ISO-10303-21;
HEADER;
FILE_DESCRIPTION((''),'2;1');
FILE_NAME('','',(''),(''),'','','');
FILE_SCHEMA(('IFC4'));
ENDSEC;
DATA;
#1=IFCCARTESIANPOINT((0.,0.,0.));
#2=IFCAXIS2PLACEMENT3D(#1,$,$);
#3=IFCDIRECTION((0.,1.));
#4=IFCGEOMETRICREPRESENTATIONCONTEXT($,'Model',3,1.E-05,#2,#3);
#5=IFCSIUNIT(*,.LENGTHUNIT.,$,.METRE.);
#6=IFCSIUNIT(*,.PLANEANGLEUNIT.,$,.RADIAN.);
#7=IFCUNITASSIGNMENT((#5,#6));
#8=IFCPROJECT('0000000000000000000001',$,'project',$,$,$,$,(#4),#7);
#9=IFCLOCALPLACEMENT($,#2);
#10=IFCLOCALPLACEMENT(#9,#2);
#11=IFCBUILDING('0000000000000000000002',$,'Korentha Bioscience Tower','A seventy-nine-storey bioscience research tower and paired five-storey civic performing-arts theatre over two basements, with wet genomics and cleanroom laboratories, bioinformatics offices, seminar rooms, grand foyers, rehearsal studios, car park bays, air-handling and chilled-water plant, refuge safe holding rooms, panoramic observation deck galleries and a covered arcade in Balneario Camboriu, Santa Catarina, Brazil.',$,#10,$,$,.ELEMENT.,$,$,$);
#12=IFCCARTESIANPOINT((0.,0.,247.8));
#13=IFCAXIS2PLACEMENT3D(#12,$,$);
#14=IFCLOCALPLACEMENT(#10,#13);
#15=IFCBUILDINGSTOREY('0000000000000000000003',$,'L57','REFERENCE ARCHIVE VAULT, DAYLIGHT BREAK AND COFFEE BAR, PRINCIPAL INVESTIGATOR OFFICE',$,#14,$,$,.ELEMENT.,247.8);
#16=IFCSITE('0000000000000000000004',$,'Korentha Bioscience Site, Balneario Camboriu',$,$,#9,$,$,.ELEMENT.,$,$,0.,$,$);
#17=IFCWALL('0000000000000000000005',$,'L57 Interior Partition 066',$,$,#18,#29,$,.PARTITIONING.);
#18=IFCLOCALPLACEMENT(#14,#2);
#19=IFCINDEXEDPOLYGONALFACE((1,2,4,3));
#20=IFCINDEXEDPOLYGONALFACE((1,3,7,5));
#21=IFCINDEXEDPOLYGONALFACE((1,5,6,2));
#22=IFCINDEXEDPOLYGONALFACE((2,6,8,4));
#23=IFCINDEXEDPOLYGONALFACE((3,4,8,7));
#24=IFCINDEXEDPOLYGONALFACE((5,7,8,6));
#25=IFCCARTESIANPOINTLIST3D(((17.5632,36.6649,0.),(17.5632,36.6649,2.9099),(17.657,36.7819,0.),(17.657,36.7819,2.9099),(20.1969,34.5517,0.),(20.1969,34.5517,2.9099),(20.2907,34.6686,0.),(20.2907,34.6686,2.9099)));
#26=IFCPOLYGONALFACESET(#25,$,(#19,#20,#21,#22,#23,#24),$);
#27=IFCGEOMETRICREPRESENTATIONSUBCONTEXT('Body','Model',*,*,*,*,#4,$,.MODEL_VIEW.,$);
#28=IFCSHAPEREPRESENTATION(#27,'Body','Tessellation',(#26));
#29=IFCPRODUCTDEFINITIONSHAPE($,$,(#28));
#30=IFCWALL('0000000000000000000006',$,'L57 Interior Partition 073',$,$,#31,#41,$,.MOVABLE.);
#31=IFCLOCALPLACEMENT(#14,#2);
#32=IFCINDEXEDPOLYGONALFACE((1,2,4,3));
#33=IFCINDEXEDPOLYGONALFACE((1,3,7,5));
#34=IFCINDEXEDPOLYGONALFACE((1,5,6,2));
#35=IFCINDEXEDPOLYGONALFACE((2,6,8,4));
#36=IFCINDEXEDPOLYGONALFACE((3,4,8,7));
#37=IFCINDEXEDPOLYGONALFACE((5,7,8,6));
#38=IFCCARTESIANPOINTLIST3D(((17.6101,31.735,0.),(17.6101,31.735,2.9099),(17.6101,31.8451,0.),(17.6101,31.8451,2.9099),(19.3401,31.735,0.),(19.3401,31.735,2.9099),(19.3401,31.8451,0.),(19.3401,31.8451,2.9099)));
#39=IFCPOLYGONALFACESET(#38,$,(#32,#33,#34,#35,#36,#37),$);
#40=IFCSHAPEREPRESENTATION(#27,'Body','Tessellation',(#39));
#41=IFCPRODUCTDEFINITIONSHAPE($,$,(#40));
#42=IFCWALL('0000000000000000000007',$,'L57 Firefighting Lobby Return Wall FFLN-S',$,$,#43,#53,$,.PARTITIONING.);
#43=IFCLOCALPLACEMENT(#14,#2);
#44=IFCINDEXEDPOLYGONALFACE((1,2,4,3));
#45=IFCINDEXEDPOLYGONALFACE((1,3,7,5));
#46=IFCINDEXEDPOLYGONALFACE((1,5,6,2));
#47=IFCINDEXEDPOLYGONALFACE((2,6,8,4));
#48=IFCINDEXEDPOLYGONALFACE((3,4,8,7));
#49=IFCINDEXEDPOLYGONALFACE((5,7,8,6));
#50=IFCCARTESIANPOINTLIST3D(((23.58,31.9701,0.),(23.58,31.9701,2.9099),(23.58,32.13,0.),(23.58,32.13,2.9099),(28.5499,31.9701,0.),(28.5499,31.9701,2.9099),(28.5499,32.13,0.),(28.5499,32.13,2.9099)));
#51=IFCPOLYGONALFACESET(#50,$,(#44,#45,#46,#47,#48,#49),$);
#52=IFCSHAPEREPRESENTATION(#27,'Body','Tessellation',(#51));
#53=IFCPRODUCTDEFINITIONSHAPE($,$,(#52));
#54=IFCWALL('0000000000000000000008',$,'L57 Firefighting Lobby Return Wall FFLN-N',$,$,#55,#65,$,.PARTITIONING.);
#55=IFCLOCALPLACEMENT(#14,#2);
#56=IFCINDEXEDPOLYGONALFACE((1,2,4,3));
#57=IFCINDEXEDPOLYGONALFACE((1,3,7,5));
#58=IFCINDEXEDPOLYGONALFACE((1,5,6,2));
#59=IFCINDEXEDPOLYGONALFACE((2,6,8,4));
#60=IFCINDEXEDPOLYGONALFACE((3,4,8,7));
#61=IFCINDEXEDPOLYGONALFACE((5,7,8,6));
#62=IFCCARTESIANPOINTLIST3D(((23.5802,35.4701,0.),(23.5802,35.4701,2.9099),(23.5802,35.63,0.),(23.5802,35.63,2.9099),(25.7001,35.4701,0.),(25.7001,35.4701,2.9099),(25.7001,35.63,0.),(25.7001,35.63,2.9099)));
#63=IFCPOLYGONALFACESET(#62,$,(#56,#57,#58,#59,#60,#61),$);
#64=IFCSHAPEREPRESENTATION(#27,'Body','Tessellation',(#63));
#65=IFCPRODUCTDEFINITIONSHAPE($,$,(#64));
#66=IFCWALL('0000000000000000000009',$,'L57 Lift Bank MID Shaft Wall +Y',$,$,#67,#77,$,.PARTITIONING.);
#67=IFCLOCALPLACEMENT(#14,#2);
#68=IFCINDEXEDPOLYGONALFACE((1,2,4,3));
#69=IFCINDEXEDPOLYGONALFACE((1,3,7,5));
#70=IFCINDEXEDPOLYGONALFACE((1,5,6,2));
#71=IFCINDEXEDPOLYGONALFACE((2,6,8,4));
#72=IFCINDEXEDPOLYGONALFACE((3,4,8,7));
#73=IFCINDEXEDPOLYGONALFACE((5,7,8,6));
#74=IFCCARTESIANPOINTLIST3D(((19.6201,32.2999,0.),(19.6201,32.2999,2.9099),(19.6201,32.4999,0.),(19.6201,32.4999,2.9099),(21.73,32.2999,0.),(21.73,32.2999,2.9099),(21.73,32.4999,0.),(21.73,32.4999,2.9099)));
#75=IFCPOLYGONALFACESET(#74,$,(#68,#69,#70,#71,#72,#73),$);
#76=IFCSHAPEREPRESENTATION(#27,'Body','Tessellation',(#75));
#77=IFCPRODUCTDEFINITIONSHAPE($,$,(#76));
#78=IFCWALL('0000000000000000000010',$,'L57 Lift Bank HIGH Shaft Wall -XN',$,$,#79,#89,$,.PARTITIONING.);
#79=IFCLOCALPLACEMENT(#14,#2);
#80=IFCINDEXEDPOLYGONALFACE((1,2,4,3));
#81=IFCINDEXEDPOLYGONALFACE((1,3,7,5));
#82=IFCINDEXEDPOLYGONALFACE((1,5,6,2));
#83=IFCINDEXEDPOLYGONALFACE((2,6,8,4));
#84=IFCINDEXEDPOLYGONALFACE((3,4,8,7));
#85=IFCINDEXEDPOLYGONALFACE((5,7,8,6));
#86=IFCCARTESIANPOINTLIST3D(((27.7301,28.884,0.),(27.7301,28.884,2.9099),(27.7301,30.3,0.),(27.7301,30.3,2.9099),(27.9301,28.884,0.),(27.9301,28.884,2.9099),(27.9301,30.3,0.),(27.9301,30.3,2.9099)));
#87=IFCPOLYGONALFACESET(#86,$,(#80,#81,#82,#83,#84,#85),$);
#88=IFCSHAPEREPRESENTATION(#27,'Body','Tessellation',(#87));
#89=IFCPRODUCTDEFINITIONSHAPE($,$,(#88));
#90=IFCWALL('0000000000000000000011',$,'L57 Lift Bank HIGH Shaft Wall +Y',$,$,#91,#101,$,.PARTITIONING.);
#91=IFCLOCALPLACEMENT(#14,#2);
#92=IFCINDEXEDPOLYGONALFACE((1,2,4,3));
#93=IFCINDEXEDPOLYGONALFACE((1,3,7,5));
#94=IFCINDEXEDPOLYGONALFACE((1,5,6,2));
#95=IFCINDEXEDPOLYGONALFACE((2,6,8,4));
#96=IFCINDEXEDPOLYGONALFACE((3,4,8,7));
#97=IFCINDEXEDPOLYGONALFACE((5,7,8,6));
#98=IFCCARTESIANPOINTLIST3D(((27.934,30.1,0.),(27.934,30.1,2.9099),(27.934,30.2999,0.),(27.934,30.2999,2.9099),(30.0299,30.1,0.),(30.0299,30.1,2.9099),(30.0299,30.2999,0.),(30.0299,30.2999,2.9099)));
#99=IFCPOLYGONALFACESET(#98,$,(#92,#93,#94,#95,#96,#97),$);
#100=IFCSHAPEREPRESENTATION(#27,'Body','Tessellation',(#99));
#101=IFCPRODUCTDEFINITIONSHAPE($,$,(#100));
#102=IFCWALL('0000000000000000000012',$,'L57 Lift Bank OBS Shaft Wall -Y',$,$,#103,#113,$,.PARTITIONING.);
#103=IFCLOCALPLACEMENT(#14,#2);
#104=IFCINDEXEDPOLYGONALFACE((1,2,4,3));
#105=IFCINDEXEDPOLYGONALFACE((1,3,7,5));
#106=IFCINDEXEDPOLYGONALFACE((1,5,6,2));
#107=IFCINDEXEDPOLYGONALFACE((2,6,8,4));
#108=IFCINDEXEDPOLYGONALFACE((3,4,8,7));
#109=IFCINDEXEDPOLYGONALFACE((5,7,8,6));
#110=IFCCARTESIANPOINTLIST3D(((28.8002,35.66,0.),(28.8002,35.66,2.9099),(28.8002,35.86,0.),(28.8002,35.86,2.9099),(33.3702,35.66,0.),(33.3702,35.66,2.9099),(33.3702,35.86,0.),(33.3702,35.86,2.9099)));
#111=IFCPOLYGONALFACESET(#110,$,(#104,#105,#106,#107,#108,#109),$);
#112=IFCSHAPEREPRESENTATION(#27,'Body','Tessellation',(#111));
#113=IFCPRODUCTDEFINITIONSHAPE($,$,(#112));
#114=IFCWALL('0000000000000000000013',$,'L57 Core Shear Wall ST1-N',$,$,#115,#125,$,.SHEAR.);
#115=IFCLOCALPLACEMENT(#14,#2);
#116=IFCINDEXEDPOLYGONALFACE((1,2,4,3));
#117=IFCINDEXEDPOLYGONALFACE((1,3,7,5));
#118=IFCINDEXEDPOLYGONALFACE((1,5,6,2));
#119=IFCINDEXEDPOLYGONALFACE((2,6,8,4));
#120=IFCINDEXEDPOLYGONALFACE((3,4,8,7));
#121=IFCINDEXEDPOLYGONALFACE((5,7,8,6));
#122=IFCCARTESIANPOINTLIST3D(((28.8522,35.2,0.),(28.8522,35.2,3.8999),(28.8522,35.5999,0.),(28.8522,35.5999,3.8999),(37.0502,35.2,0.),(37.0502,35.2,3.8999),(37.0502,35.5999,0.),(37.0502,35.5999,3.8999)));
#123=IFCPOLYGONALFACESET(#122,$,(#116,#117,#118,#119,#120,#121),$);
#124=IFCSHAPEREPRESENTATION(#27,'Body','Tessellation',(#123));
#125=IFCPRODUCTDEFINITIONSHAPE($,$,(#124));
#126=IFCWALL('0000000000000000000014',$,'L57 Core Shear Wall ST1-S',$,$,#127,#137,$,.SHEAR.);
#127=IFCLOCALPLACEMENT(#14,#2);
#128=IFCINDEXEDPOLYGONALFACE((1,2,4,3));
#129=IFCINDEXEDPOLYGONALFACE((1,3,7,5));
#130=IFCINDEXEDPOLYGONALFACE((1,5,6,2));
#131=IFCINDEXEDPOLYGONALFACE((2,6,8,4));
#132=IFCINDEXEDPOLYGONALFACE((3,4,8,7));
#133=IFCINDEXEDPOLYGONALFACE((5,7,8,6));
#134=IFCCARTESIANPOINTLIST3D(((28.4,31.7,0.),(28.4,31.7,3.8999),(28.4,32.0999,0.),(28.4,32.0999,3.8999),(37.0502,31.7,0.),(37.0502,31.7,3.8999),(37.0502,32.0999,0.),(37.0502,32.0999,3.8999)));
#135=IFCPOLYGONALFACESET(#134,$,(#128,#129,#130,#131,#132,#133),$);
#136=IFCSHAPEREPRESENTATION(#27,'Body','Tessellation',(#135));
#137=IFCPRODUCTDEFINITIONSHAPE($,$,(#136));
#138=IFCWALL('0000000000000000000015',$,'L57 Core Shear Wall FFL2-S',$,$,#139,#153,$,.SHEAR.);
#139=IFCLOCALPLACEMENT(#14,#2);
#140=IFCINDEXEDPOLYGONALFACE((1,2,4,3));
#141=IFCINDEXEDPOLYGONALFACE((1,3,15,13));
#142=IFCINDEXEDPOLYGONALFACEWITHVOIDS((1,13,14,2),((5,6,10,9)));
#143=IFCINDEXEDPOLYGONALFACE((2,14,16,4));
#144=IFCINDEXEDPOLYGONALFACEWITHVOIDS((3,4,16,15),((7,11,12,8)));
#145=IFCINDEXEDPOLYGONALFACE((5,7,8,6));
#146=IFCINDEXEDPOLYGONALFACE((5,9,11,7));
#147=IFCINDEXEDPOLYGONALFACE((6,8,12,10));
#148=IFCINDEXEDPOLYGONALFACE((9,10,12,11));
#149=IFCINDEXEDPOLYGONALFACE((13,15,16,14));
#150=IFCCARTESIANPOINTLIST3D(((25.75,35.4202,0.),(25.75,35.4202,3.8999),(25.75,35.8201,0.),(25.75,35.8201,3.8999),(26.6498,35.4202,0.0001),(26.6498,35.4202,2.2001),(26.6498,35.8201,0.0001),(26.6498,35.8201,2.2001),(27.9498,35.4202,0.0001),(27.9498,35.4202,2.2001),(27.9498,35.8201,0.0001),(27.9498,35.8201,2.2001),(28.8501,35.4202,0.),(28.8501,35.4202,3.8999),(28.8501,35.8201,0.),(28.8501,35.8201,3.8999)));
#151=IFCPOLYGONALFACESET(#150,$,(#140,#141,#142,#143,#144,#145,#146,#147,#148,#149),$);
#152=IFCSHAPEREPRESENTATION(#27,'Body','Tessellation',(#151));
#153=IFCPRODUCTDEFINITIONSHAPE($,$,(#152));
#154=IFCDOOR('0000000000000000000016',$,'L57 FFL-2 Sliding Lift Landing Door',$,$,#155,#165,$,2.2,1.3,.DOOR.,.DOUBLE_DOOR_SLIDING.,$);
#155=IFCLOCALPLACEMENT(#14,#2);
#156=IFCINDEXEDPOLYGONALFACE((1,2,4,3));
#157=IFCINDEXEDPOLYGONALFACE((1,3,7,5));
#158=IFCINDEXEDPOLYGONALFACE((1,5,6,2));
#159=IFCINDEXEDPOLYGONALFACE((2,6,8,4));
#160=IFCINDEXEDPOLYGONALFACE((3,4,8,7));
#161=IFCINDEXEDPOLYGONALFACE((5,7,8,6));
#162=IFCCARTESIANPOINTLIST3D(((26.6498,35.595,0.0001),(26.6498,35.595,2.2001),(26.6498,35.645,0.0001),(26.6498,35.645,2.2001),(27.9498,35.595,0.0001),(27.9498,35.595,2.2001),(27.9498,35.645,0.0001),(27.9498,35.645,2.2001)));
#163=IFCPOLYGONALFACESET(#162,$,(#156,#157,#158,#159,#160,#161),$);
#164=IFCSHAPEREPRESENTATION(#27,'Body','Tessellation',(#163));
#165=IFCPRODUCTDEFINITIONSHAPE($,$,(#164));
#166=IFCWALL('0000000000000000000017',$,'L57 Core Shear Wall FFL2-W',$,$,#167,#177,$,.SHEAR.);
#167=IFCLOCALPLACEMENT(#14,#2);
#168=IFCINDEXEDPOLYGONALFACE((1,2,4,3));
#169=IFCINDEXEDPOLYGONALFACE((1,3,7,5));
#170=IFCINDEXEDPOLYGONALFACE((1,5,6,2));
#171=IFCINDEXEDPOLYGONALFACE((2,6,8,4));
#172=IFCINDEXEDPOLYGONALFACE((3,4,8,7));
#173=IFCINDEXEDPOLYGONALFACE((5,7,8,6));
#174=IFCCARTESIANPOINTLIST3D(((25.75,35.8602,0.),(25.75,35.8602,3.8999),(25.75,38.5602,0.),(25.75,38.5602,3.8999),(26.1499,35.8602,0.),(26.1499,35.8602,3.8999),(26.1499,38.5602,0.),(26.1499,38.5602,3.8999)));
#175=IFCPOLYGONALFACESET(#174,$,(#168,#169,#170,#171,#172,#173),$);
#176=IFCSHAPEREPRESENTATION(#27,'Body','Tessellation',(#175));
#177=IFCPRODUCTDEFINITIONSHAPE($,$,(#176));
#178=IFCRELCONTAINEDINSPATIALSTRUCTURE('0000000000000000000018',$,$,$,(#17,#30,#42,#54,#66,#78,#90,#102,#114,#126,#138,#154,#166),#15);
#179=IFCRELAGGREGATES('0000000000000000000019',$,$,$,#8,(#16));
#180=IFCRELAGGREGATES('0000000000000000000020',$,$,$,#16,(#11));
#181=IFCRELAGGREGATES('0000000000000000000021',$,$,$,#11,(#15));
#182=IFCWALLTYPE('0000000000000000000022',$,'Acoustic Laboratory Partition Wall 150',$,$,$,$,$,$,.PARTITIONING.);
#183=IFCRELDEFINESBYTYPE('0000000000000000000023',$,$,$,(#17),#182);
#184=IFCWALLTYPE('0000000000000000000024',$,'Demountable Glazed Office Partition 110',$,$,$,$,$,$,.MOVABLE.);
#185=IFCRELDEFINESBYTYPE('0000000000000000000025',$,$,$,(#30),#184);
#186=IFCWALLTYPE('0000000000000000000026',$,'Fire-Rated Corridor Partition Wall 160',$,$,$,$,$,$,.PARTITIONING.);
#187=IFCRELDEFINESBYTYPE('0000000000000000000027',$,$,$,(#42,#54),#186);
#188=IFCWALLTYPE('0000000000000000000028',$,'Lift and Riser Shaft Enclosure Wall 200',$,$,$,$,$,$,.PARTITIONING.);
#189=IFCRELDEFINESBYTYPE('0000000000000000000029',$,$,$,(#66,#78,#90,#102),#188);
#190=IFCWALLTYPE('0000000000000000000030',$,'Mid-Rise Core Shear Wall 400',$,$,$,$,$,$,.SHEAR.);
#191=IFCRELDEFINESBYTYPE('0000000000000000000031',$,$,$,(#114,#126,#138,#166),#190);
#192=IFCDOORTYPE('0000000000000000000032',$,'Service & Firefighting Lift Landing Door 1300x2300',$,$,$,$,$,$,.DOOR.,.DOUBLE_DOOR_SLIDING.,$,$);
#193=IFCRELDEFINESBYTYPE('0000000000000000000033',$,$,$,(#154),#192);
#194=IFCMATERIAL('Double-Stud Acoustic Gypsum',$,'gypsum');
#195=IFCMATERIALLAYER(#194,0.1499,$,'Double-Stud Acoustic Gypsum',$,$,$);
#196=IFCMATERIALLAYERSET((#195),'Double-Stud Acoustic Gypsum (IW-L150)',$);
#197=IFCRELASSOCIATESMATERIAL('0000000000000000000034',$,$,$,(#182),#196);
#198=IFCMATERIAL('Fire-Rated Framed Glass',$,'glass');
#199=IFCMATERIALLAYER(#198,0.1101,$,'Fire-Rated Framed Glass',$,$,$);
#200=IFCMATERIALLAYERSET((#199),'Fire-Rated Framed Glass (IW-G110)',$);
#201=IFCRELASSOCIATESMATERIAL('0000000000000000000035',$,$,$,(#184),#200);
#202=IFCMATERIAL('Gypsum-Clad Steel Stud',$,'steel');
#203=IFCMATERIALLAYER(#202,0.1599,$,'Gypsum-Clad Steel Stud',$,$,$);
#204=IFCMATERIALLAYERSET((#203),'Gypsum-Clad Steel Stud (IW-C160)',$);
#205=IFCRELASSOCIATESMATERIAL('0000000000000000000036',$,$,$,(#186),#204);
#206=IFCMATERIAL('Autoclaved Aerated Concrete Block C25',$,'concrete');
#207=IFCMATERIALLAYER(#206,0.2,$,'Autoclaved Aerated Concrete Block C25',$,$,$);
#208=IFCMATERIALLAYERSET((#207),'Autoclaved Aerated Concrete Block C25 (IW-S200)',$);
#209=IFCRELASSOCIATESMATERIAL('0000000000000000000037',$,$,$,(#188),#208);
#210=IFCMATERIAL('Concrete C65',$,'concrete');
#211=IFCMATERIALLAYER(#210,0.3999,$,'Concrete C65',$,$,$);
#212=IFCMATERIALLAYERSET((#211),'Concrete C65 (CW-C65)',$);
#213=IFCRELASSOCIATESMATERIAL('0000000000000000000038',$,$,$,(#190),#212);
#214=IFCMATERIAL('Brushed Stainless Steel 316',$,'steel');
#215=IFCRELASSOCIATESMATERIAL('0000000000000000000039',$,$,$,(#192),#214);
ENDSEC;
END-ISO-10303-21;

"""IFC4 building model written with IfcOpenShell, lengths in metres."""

from ifc_helpers import new_model, si_unit, direction, frame, frame_2d, origin, place, context, subcontext, project, spatial, rectangle, extrude, material, layer, layer_set, type_object, element, fill, save


model = new_model("IFC4")

# Units and contexts
model_context = context("Model", 3, precision=1e-05, world=origin(), true_north=direction((0.0, 1.0)))
body_context = subcontext(model_context, "Body", "Model", "MODEL_VIEW")
ifc_project = project(units=[si_unit("LENGTHUNIT", "METRE"), si_unit("PLANEANGLEUNIT", "RADIAN")], contexts=[model_context])

# Site, building, storey
site_placement = place(None, origin())
site = spatial("IfcSite", under=ifc_project, at=site_placement, Name="Korentha Bioscience Site, Balneario Camboriu", CompositionType="ELEMENT", RefElevation=0.0)
building_placement = place(site_placement, origin())
building = spatial("IfcBuilding", under=site, at=building_placement, Name="Korentha Bioscience Tower", Description="A seventy-nine-storey bioscience research tower and paired five-storey civic performing-arts theatre over two basements, with wet genomics and cleanroom laboratories, bioinformatics offices, seminar rooms, grand foyers, rehearsal studios, car park bays, air-handling and chilled-water plant, refuge safe holding rooms, panoramic observation deck galleries and a covered arcade in Balneario Camboriu, Santa Catarina, Brazil.", CompositionType="ELEMENT")
storey_placement = place(building_placement, frame((0.0, 0.0, 247.8)))
storey = spatial("IfcBuildingStorey", under=building, at=storey_placement, Name="L57", Description="REFERENCE ARCHIVE VAULT, DAYLIGHT BREAK AND COFFEE BAR, PRINCIPAL INVESTIGATOR OFFICE", CompositionType="ELEMENT", Elevation=247.8)

# Shared definitions
ifc_material_1 = material(Name="Concrete C65", Category="concrete")

# Walls
ifc_material_2 = material(Name="Double-Stud Acoustic Gypsum", Category="gypsum")
ifc_layer_1 = layer(ifc_material_2, 0.1499, Name="Double-Stud Acoustic Gypsum")
ifc_layer_set_1 = layer_set([ifc_layer_1], Name="Double-Stud Acoustic Gypsum (IW-L150)")
wall_type_1 = type_object("IfcWallType", Name="Acoustic Laboratory Partition Wall 150", PredefinedType="PARTITIONING", material=ifc_layer_set_1)
wall_1_placement = place(storey_placement, frame((20.2439, 34.6101, 0.0), z_axis=(0.0, 0.0, 1.0), x_axis=(-0.779965, 0.625823, 0.0)))
element("IfcWall", 1, at=wall_1_placement, inside=storey, type_object=wall_type_1, Name="L57 Interior Partition 066", PredefinedType="PARTITIONING", context=body_context, shape_type="SweptSolid", body=[
    extrude(rectangle(XDim=3.3767, YDim=0.1499, at=frame_2d((1.6885, 0.0))), origin(), (0.0, 0.0, 1.0), 2.9099),
])
ifc_material_3 = material(Name="Fire-Rated Framed Glass", Category="glass")
ifc_layer_2 = layer(ifc_material_3, 0.1101, Name="Fire-Rated Framed Glass")
ifc_layer_set_2 = layer_set([ifc_layer_2], Name="Fire-Rated Framed Glass (IW-G110)")
wall_type_2 = type_object("IfcWallType", Name="Demountable Glazed Office Partition 110", PredefinedType="MOVABLE", material=ifc_layer_set_2)
wall_2_placement = place(storey_placement, frame((17.6101, 31.79, 0.0), z_axis=(0.0, 0.0, 1.0), x_axis=(1.0, 0.0, 0.0)))
element("IfcWall", 2, at=wall_2_placement, inside=storey, type_object=wall_type_2, Name="L57 Interior Partition 073", PredefinedType="MOVABLE", context=body_context, shape_type="SweptSolid", body=[
    extrude(rectangle(XDim=1.73, YDim=0.1101, at=frame_2d((0.865, 0.0))), origin(), (0.0, 0.0, 1.0), 2.9099),
])

# Shared definitions
ifc_material_4 = material(Name="Gypsum-Clad Steel Stud", Category="steel")
ifc_layer_3 = layer(ifc_material_4, 0.1599, Name="Gypsum-Clad Steel Stud")
ifc_layer_set_3 = layer_set([ifc_layer_3], Name="Gypsum-Clad Steel Stud (IW-C160)")
wall_type_3 = type_object("IfcWallType", Name="Fire-Rated Corridor Partition Wall 160", PredefinedType="PARTITIONING", material=ifc_layer_set_3)

# Walls
wall_3_placement = place(storey_placement, frame((23.5801, 32.05, 0.0), z_axis=(0.0, 0.0, 1.0), x_axis=(1.0, 0.0, 0.0)))
element("IfcWall", 3, at=wall_3_placement, inside=storey, type_object=wall_type_3, Name="L57 Firefighting Lobby Return Wall FFLN-S", PredefinedType="PARTITIONING", context=body_context, shape_type="SweptSolid", body=[
    extrude(rectangle(XDim=4.97, YDim=0.1599, at=frame_2d((2.4849, 0.0))), origin(), (0.0, 0.0, 1.0), 2.9099),
])
wall_4_placement = place(storey_placement, frame((23.5801, 35.55, 0.0), z_axis=(0.0, 0.0, 1.0), x_axis=(1.0, 0.0, 0.0)))
element("IfcWall", 4, at=wall_4_placement, inside=storey, type_object=wall_type_3, Name="L57 Firefighting Lobby Return Wall FFLN-N", PredefinedType="PARTITIONING", context=body_context, shape_type="SweptSolid", body=[
    extrude(rectangle(XDim=2.1199, YDim=0.1599, at=frame_2d((1.0601, 0.0))), origin(), (0.0, 0.0, 1.0), 2.9099),
])
ifc_material_5 = material(Name="Autoclaved Aerated Concrete Block C25", Category="concrete")
ifc_layer_4 = layer(ifc_material_5, 0.2, Name="Autoclaved Aerated Concrete Block C25")
ifc_layer_set_4 = layer_set([ifc_layer_4], Name="Autoclaved Aerated Concrete Block C25 (IW-S200)")
wall_type_4 = type_object("IfcWallType", Name="Lift and Riser Shaft Enclosure Wall 200", PredefinedType="PARTITIONING", material=ifc_layer_set_4)
wall_5_placement = place(storey_placement, frame((19.6201, 32.3999, 0.0), z_axis=(0.0, 0.0, 1.0), x_axis=(1.0, 0.0, 0.0)))
element("IfcWall", 5, at=wall_5_placement, inside=storey, type_object=wall_type_4, Name="L57 Lift Bank MID Shaft Wall +Y", PredefinedType="PARTITIONING", context=body_context, shape_type="SweptSolid", body=[
    extrude(rectangle(XDim=2.1099, YDim=0.2, at=frame_2d((1.0549, 0.0))), origin(), (0.0, 0.0, 1.0), 2.9099),
])
wall_6_placement = place(storey_placement, frame((27.8301, 28.884, 0.0), z_axis=(0.0, 0.0, 1.0), x_axis=(0.0, 1.0, 0.0)))
element("IfcWall", 6, at=wall_6_placement, inside=storey, type_object=wall_type_4, Name="L57 Lift Bank HIGH Shaft Wall -XN", PredefinedType="PARTITIONING", context=body_context, shape_type="SweptSolid", body=[
    extrude(rectangle(XDim=1.416, YDim=0.2, at=frame_2d((0.708, 0.0))), origin(), (0.0, 0.0, 1.0), 2.9099),
])
wall_7_placement = place(storey_placement, frame((27.9341, 30.2, 0.0), z_axis=(0.0, 0.0, 1.0), x_axis=(1.0, 0.0, 0.0)))
element("IfcWall", 7, at=wall_7_placement, inside=storey, type_object=wall_type_4, Name="L57 Lift Bank HIGH Shaft Wall +Y", PredefinedType="PARTITIONING", context=body_context, shape_type="SweptSolid", body=[
    extrude(rectangle(XDim=2.0959, YDim=0.2, at=frame_2d((1.0479, 0.0))), origin(), (0.0, 0.0, 1.0), 2.9099),
])
wall_8_placement = place(storey_placement, frame((28.8, 35.76, 0.0), z_axis=(0.0, 0.0, 1.0), x_axis=(1.0, 0.0, 0.0)))
element("IfcWall", 8, at=wall_8_placement, inside=storey, type_object=wall_type_4, Name="L57 Lift Bank OBS Shaft Wall -Y", PredefinedType="PARTITIONING", context=body_context, shape_type="SweptSolid", body=[
    extrude(rectangle(XDim=4.5701, YDim=0.2, at=frame_2d((2.2852, 0.0))), origin(), (0.0, 0.0, 1.0), 2.9099),
])
ifc_layer_5 = layer(ifc_material_1, 0.3999, Name="Concrete C65")
ifc_layer_set_5 = layer_set([ifc_layer_5], Name="Concrete C65 (CW-C65)")
wall_type_5 = type_object("IfcWallType", Name="Mid-Rise Core Shear Wall 400", PredefinedType="SHEAR", material=ifc_layer_set_5)
wall_9_placement = place(storey_placement, frame((28.8521, 35.3999, 0.0), z_axis=(0.0, 0.0, 1.0), x_axis=(1.0, 0.0, 0.0)))
element("IfcWall", 9, at=wall_9_placement, inside=storey, type_object=wall_type_5, Name="L57 Core Shear Wall ST1-N", PredefinedType="SHEAR", context=body_context, shape_type="SweptSolid", body=[
    extrude(rectangle(XDim=8.198, YDim=0.3999, at=frame_2d((4.0991, 0.0))), origin(), (0.0, 0.0, 1.0), 3.8999),
])
wall_10_placement = place(storey_placement, frame((28.3999, 31.8999, 0.0), z_axis=(0.0, 0.0, 1.0), x_axis=(1.0, 0.0, 0.0)))
element("IfcWall", 10, at=wall_10_placement, inside=storey, type_object=wall_type_5, Name="L57 Core Shear Wall ST1-S", PredefinedType="SHEAR", context=body_context, shape_type="SweptSolid", body=[
    extrude(rectangle(XDim=8.6501, YDim=0.3999, at=frame_2d((4.3252, 0.0))), origin(), (0.0, 0.0, 1.0), 3.8999),
])

# Wall, opening, door
wall_11_placement = place(storey_placement, frame((25.75, 35.6201, 0.0), z_axis=(0.0, 0.0, 1.0), x_axis=(1.0, 0.0, 0.0)))
wall_11 = element("IfcWall", 11, at=wall_11_placement, inside=storey, type_object=wall_type_5, Name="L57 Core Shear Wall FFL2-S", PredefinedType="SHEAR", context=body_context, shape_type="SweptSolid", body=[
    extrude(rectangle(XDim=3.1001, YDim=0.3999, at=frame_2d((1.55, 0.0))), origin(), (0.0, 0.0, 1.0), 3.8999),
])
opening_1_placement = place(wall_11_placement, frame((0.8999, 0.0, 0.0)))
opening_1 = element("IfcOpeningElement", 12, at=opening_1_placement, cuts=wall_11, PredefinedType="OPENING", context=body_context, shape_type="SweptSolid", body=[
    extrude(rectangle(XDim=1.3, YDim=2.2, at=frame_2d((0.6499, 1.1001))), frame((0.0, 0.2148, 0.0), z_axis=(0.0, -1.0, 0.0), x_axis=(1.0, 0.0, 0.0)), (0.0, 0.0, 1.0), 0.4297),
])
ifc_material_6 = material(Name="Brushed Stainless Steel 316", Category="steel")
door_type_1 = type_object("IfcDoorType", Name="Service & Firefighting Lift Landing Door 1300x2300", OperationType="DOUBLE_DOOR_SLIDING", PredefinedType="DOOR", material=ifc_material_6)
door_1_placement = place(opening_1_placement, origin())
door_1 = element("IfcDoor", 13, at=door_1_placement, inside=storey, type_object=door_type_1, Name="L57 FFL-2 Sliding Lift Landing Door", OperationType="DOUBLE_DOOR_SLIDING", OverallHeight=2.2, OverallWidth=1.3, PredefinedType="DOOR", context=body_context, shape_type="SweptSolid", body=[
    extrude(rectangle(XDim=1.3, YDim=2.2, at=frame_2d((0.6499, 1.1001))), frame((0.0, 0.0249, 0.0), z_axis=(0.0, -1.0, 0.0), x_axis=(1.0, 0.0, 0.0)), (0.0, 0.0, 1.0), 0.05),
])
fill(opening_1, door_1)

# Wall
for number, where, z_axis, x_axis, name in (
    (14, (25.95, 35.8601, 0.0), (0.0, 0.0, 1.0), (0.0, 1.0, 0.0), "L57 Core Shear Wall FFL2-W"),
):
    element("IfcWall", number, at=place(storey_placement, frame(where, z_axis=z_axis, x_axis=x_axis)), inside=storey, type_object=wall_type_5, Name=name, PredefinedType="SHEAR", context=body_context, shape_type="SweptSolid", body=[
        extrude(rectangle(XDim=2.7, YDim=0.3999, at=frame_2d((1.3501, 0.0))), origin(), (0.0, 0.0, 1.0), 3.8999),
    ])

save(model, "model.ifc")
